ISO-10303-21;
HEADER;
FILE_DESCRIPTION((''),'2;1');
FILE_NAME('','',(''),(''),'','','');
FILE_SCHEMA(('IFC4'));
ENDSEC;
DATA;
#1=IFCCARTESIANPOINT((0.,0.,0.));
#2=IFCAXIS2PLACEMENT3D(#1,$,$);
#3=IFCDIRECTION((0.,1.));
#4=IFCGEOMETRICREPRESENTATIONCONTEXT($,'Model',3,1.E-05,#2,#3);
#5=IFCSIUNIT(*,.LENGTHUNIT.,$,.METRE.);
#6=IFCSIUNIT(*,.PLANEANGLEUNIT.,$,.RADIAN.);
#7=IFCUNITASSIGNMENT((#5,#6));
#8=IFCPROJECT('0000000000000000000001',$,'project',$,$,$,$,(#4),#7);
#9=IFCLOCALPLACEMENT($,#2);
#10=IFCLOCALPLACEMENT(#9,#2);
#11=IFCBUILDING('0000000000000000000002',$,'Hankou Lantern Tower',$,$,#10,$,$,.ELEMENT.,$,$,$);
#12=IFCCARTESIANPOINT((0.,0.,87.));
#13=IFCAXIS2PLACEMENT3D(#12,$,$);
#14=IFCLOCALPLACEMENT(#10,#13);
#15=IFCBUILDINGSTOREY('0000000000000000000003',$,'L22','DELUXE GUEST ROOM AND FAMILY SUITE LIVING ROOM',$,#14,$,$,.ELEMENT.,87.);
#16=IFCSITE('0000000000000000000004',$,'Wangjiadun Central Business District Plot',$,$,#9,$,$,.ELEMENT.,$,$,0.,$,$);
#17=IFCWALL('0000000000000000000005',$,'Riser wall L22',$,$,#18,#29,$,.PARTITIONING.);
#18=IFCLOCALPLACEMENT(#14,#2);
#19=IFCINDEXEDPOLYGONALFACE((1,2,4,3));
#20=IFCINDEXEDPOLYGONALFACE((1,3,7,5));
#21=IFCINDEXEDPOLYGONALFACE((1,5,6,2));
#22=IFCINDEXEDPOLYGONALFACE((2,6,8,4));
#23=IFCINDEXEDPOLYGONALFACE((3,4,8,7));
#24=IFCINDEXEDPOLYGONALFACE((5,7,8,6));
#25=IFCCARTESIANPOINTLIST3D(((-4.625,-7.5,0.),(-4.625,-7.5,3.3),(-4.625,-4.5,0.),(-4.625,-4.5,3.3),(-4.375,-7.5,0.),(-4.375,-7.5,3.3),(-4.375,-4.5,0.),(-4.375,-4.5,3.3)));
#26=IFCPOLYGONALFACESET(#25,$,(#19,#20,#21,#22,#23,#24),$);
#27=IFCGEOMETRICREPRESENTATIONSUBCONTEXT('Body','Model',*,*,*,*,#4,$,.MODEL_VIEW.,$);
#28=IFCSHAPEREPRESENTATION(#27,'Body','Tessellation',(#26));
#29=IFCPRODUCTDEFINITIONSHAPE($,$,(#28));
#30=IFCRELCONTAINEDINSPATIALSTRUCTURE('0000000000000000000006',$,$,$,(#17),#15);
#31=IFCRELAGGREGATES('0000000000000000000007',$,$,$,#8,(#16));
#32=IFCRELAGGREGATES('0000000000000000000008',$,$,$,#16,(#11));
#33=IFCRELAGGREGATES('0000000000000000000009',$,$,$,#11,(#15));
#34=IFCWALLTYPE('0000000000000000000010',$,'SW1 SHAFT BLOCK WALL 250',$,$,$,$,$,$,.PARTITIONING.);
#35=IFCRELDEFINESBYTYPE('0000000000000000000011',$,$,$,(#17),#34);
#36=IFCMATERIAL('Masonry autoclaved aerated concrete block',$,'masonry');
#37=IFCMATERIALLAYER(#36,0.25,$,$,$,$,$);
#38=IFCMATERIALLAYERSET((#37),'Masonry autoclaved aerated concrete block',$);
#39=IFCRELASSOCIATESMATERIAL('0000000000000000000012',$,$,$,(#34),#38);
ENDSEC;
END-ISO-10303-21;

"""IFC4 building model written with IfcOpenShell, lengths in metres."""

from ifc_helpers import new_model, si_unit, direction, frame, frame_2d, origin, place, context, subcontext, project, spatial, rectangle, extrude, material, layer, layer_set, type_object, element, save


model = new_model("IFC4")

# Units and contexts
model_context = context("Model", 3, precision=1e-05, world=origin(), true_north=direction((0.0, 1.0)))
body_context = subcontext(model_context, "Body", "Model", "MODEL_VIEW")
ifc_project = project(units=[si_unit("LENGTHUNIT", "METRE"), si_unit("PLANEANGLEUNIT", "RADIAN")], contexts=[model_context])

# Site, building, storey
site_placement = place(None, origin())
site = spatial("IfcSite", under=ifc_project, at=site_placement, Name="Wangjiadun Central Business District Plot", CompositionType="ELEMENT", RefElevation=0.0)
building_placement = place(site_placement, origin())
building = spatial("IfcBuilding", under=site, at=building_placement, Name="Hankou Lantern Tower", CompositionType="ELEMENT")
storey_placement = place(building_placement, frame((0.0, 0.0, 87.0)))
storey = spatial("IfcBuildingStorey", under=building, at=storey_placement, Name="L22", Description="DELUXE GUEST ROOM AND FAMILY SUITE LIVING ROOM", CompositionType="ELEMENT", Elevation=87.0)

# Wall
ifc_material_1 = material(Name="Masonry autoclaved aerated concrete block", Category="masonry")
ifc_layer_1 = layer(ifc_material_1, 0.25)
ifc_layer_set_1 = layer_set([ifc_layer_1], Name="Masonry autoclaved aerated concrete block")
wall_type_1 = type_object("IfcWallType", Name="SW1 SHAFT BLOCK WALL 250", PredefinedType="PARTITIONING", material=ifc_layer_set_1)
wall_1_placement = place(storey_placement, frame((-4.5, -7.5, 0.0), z_axis=(0.0, 0.0, 1.0), x_axis=(0.0, 1.0, 0.0)))
element("IfcWall", 1, at=wall_1_placement, inside=storey, type_object=wall_type_1, Name="Riser wall L22", PredefinedType="PARTITIONING", context=body_context, shape_type="SweptSolid", body=[
    extrude(rectangle(XDim=3.0, YDim=0.25, at=frame_2d((1.5, 0.0))), origin(), (0.0, 0.0, 1.0), 3.3),
])

save(model, "model.ifc")
